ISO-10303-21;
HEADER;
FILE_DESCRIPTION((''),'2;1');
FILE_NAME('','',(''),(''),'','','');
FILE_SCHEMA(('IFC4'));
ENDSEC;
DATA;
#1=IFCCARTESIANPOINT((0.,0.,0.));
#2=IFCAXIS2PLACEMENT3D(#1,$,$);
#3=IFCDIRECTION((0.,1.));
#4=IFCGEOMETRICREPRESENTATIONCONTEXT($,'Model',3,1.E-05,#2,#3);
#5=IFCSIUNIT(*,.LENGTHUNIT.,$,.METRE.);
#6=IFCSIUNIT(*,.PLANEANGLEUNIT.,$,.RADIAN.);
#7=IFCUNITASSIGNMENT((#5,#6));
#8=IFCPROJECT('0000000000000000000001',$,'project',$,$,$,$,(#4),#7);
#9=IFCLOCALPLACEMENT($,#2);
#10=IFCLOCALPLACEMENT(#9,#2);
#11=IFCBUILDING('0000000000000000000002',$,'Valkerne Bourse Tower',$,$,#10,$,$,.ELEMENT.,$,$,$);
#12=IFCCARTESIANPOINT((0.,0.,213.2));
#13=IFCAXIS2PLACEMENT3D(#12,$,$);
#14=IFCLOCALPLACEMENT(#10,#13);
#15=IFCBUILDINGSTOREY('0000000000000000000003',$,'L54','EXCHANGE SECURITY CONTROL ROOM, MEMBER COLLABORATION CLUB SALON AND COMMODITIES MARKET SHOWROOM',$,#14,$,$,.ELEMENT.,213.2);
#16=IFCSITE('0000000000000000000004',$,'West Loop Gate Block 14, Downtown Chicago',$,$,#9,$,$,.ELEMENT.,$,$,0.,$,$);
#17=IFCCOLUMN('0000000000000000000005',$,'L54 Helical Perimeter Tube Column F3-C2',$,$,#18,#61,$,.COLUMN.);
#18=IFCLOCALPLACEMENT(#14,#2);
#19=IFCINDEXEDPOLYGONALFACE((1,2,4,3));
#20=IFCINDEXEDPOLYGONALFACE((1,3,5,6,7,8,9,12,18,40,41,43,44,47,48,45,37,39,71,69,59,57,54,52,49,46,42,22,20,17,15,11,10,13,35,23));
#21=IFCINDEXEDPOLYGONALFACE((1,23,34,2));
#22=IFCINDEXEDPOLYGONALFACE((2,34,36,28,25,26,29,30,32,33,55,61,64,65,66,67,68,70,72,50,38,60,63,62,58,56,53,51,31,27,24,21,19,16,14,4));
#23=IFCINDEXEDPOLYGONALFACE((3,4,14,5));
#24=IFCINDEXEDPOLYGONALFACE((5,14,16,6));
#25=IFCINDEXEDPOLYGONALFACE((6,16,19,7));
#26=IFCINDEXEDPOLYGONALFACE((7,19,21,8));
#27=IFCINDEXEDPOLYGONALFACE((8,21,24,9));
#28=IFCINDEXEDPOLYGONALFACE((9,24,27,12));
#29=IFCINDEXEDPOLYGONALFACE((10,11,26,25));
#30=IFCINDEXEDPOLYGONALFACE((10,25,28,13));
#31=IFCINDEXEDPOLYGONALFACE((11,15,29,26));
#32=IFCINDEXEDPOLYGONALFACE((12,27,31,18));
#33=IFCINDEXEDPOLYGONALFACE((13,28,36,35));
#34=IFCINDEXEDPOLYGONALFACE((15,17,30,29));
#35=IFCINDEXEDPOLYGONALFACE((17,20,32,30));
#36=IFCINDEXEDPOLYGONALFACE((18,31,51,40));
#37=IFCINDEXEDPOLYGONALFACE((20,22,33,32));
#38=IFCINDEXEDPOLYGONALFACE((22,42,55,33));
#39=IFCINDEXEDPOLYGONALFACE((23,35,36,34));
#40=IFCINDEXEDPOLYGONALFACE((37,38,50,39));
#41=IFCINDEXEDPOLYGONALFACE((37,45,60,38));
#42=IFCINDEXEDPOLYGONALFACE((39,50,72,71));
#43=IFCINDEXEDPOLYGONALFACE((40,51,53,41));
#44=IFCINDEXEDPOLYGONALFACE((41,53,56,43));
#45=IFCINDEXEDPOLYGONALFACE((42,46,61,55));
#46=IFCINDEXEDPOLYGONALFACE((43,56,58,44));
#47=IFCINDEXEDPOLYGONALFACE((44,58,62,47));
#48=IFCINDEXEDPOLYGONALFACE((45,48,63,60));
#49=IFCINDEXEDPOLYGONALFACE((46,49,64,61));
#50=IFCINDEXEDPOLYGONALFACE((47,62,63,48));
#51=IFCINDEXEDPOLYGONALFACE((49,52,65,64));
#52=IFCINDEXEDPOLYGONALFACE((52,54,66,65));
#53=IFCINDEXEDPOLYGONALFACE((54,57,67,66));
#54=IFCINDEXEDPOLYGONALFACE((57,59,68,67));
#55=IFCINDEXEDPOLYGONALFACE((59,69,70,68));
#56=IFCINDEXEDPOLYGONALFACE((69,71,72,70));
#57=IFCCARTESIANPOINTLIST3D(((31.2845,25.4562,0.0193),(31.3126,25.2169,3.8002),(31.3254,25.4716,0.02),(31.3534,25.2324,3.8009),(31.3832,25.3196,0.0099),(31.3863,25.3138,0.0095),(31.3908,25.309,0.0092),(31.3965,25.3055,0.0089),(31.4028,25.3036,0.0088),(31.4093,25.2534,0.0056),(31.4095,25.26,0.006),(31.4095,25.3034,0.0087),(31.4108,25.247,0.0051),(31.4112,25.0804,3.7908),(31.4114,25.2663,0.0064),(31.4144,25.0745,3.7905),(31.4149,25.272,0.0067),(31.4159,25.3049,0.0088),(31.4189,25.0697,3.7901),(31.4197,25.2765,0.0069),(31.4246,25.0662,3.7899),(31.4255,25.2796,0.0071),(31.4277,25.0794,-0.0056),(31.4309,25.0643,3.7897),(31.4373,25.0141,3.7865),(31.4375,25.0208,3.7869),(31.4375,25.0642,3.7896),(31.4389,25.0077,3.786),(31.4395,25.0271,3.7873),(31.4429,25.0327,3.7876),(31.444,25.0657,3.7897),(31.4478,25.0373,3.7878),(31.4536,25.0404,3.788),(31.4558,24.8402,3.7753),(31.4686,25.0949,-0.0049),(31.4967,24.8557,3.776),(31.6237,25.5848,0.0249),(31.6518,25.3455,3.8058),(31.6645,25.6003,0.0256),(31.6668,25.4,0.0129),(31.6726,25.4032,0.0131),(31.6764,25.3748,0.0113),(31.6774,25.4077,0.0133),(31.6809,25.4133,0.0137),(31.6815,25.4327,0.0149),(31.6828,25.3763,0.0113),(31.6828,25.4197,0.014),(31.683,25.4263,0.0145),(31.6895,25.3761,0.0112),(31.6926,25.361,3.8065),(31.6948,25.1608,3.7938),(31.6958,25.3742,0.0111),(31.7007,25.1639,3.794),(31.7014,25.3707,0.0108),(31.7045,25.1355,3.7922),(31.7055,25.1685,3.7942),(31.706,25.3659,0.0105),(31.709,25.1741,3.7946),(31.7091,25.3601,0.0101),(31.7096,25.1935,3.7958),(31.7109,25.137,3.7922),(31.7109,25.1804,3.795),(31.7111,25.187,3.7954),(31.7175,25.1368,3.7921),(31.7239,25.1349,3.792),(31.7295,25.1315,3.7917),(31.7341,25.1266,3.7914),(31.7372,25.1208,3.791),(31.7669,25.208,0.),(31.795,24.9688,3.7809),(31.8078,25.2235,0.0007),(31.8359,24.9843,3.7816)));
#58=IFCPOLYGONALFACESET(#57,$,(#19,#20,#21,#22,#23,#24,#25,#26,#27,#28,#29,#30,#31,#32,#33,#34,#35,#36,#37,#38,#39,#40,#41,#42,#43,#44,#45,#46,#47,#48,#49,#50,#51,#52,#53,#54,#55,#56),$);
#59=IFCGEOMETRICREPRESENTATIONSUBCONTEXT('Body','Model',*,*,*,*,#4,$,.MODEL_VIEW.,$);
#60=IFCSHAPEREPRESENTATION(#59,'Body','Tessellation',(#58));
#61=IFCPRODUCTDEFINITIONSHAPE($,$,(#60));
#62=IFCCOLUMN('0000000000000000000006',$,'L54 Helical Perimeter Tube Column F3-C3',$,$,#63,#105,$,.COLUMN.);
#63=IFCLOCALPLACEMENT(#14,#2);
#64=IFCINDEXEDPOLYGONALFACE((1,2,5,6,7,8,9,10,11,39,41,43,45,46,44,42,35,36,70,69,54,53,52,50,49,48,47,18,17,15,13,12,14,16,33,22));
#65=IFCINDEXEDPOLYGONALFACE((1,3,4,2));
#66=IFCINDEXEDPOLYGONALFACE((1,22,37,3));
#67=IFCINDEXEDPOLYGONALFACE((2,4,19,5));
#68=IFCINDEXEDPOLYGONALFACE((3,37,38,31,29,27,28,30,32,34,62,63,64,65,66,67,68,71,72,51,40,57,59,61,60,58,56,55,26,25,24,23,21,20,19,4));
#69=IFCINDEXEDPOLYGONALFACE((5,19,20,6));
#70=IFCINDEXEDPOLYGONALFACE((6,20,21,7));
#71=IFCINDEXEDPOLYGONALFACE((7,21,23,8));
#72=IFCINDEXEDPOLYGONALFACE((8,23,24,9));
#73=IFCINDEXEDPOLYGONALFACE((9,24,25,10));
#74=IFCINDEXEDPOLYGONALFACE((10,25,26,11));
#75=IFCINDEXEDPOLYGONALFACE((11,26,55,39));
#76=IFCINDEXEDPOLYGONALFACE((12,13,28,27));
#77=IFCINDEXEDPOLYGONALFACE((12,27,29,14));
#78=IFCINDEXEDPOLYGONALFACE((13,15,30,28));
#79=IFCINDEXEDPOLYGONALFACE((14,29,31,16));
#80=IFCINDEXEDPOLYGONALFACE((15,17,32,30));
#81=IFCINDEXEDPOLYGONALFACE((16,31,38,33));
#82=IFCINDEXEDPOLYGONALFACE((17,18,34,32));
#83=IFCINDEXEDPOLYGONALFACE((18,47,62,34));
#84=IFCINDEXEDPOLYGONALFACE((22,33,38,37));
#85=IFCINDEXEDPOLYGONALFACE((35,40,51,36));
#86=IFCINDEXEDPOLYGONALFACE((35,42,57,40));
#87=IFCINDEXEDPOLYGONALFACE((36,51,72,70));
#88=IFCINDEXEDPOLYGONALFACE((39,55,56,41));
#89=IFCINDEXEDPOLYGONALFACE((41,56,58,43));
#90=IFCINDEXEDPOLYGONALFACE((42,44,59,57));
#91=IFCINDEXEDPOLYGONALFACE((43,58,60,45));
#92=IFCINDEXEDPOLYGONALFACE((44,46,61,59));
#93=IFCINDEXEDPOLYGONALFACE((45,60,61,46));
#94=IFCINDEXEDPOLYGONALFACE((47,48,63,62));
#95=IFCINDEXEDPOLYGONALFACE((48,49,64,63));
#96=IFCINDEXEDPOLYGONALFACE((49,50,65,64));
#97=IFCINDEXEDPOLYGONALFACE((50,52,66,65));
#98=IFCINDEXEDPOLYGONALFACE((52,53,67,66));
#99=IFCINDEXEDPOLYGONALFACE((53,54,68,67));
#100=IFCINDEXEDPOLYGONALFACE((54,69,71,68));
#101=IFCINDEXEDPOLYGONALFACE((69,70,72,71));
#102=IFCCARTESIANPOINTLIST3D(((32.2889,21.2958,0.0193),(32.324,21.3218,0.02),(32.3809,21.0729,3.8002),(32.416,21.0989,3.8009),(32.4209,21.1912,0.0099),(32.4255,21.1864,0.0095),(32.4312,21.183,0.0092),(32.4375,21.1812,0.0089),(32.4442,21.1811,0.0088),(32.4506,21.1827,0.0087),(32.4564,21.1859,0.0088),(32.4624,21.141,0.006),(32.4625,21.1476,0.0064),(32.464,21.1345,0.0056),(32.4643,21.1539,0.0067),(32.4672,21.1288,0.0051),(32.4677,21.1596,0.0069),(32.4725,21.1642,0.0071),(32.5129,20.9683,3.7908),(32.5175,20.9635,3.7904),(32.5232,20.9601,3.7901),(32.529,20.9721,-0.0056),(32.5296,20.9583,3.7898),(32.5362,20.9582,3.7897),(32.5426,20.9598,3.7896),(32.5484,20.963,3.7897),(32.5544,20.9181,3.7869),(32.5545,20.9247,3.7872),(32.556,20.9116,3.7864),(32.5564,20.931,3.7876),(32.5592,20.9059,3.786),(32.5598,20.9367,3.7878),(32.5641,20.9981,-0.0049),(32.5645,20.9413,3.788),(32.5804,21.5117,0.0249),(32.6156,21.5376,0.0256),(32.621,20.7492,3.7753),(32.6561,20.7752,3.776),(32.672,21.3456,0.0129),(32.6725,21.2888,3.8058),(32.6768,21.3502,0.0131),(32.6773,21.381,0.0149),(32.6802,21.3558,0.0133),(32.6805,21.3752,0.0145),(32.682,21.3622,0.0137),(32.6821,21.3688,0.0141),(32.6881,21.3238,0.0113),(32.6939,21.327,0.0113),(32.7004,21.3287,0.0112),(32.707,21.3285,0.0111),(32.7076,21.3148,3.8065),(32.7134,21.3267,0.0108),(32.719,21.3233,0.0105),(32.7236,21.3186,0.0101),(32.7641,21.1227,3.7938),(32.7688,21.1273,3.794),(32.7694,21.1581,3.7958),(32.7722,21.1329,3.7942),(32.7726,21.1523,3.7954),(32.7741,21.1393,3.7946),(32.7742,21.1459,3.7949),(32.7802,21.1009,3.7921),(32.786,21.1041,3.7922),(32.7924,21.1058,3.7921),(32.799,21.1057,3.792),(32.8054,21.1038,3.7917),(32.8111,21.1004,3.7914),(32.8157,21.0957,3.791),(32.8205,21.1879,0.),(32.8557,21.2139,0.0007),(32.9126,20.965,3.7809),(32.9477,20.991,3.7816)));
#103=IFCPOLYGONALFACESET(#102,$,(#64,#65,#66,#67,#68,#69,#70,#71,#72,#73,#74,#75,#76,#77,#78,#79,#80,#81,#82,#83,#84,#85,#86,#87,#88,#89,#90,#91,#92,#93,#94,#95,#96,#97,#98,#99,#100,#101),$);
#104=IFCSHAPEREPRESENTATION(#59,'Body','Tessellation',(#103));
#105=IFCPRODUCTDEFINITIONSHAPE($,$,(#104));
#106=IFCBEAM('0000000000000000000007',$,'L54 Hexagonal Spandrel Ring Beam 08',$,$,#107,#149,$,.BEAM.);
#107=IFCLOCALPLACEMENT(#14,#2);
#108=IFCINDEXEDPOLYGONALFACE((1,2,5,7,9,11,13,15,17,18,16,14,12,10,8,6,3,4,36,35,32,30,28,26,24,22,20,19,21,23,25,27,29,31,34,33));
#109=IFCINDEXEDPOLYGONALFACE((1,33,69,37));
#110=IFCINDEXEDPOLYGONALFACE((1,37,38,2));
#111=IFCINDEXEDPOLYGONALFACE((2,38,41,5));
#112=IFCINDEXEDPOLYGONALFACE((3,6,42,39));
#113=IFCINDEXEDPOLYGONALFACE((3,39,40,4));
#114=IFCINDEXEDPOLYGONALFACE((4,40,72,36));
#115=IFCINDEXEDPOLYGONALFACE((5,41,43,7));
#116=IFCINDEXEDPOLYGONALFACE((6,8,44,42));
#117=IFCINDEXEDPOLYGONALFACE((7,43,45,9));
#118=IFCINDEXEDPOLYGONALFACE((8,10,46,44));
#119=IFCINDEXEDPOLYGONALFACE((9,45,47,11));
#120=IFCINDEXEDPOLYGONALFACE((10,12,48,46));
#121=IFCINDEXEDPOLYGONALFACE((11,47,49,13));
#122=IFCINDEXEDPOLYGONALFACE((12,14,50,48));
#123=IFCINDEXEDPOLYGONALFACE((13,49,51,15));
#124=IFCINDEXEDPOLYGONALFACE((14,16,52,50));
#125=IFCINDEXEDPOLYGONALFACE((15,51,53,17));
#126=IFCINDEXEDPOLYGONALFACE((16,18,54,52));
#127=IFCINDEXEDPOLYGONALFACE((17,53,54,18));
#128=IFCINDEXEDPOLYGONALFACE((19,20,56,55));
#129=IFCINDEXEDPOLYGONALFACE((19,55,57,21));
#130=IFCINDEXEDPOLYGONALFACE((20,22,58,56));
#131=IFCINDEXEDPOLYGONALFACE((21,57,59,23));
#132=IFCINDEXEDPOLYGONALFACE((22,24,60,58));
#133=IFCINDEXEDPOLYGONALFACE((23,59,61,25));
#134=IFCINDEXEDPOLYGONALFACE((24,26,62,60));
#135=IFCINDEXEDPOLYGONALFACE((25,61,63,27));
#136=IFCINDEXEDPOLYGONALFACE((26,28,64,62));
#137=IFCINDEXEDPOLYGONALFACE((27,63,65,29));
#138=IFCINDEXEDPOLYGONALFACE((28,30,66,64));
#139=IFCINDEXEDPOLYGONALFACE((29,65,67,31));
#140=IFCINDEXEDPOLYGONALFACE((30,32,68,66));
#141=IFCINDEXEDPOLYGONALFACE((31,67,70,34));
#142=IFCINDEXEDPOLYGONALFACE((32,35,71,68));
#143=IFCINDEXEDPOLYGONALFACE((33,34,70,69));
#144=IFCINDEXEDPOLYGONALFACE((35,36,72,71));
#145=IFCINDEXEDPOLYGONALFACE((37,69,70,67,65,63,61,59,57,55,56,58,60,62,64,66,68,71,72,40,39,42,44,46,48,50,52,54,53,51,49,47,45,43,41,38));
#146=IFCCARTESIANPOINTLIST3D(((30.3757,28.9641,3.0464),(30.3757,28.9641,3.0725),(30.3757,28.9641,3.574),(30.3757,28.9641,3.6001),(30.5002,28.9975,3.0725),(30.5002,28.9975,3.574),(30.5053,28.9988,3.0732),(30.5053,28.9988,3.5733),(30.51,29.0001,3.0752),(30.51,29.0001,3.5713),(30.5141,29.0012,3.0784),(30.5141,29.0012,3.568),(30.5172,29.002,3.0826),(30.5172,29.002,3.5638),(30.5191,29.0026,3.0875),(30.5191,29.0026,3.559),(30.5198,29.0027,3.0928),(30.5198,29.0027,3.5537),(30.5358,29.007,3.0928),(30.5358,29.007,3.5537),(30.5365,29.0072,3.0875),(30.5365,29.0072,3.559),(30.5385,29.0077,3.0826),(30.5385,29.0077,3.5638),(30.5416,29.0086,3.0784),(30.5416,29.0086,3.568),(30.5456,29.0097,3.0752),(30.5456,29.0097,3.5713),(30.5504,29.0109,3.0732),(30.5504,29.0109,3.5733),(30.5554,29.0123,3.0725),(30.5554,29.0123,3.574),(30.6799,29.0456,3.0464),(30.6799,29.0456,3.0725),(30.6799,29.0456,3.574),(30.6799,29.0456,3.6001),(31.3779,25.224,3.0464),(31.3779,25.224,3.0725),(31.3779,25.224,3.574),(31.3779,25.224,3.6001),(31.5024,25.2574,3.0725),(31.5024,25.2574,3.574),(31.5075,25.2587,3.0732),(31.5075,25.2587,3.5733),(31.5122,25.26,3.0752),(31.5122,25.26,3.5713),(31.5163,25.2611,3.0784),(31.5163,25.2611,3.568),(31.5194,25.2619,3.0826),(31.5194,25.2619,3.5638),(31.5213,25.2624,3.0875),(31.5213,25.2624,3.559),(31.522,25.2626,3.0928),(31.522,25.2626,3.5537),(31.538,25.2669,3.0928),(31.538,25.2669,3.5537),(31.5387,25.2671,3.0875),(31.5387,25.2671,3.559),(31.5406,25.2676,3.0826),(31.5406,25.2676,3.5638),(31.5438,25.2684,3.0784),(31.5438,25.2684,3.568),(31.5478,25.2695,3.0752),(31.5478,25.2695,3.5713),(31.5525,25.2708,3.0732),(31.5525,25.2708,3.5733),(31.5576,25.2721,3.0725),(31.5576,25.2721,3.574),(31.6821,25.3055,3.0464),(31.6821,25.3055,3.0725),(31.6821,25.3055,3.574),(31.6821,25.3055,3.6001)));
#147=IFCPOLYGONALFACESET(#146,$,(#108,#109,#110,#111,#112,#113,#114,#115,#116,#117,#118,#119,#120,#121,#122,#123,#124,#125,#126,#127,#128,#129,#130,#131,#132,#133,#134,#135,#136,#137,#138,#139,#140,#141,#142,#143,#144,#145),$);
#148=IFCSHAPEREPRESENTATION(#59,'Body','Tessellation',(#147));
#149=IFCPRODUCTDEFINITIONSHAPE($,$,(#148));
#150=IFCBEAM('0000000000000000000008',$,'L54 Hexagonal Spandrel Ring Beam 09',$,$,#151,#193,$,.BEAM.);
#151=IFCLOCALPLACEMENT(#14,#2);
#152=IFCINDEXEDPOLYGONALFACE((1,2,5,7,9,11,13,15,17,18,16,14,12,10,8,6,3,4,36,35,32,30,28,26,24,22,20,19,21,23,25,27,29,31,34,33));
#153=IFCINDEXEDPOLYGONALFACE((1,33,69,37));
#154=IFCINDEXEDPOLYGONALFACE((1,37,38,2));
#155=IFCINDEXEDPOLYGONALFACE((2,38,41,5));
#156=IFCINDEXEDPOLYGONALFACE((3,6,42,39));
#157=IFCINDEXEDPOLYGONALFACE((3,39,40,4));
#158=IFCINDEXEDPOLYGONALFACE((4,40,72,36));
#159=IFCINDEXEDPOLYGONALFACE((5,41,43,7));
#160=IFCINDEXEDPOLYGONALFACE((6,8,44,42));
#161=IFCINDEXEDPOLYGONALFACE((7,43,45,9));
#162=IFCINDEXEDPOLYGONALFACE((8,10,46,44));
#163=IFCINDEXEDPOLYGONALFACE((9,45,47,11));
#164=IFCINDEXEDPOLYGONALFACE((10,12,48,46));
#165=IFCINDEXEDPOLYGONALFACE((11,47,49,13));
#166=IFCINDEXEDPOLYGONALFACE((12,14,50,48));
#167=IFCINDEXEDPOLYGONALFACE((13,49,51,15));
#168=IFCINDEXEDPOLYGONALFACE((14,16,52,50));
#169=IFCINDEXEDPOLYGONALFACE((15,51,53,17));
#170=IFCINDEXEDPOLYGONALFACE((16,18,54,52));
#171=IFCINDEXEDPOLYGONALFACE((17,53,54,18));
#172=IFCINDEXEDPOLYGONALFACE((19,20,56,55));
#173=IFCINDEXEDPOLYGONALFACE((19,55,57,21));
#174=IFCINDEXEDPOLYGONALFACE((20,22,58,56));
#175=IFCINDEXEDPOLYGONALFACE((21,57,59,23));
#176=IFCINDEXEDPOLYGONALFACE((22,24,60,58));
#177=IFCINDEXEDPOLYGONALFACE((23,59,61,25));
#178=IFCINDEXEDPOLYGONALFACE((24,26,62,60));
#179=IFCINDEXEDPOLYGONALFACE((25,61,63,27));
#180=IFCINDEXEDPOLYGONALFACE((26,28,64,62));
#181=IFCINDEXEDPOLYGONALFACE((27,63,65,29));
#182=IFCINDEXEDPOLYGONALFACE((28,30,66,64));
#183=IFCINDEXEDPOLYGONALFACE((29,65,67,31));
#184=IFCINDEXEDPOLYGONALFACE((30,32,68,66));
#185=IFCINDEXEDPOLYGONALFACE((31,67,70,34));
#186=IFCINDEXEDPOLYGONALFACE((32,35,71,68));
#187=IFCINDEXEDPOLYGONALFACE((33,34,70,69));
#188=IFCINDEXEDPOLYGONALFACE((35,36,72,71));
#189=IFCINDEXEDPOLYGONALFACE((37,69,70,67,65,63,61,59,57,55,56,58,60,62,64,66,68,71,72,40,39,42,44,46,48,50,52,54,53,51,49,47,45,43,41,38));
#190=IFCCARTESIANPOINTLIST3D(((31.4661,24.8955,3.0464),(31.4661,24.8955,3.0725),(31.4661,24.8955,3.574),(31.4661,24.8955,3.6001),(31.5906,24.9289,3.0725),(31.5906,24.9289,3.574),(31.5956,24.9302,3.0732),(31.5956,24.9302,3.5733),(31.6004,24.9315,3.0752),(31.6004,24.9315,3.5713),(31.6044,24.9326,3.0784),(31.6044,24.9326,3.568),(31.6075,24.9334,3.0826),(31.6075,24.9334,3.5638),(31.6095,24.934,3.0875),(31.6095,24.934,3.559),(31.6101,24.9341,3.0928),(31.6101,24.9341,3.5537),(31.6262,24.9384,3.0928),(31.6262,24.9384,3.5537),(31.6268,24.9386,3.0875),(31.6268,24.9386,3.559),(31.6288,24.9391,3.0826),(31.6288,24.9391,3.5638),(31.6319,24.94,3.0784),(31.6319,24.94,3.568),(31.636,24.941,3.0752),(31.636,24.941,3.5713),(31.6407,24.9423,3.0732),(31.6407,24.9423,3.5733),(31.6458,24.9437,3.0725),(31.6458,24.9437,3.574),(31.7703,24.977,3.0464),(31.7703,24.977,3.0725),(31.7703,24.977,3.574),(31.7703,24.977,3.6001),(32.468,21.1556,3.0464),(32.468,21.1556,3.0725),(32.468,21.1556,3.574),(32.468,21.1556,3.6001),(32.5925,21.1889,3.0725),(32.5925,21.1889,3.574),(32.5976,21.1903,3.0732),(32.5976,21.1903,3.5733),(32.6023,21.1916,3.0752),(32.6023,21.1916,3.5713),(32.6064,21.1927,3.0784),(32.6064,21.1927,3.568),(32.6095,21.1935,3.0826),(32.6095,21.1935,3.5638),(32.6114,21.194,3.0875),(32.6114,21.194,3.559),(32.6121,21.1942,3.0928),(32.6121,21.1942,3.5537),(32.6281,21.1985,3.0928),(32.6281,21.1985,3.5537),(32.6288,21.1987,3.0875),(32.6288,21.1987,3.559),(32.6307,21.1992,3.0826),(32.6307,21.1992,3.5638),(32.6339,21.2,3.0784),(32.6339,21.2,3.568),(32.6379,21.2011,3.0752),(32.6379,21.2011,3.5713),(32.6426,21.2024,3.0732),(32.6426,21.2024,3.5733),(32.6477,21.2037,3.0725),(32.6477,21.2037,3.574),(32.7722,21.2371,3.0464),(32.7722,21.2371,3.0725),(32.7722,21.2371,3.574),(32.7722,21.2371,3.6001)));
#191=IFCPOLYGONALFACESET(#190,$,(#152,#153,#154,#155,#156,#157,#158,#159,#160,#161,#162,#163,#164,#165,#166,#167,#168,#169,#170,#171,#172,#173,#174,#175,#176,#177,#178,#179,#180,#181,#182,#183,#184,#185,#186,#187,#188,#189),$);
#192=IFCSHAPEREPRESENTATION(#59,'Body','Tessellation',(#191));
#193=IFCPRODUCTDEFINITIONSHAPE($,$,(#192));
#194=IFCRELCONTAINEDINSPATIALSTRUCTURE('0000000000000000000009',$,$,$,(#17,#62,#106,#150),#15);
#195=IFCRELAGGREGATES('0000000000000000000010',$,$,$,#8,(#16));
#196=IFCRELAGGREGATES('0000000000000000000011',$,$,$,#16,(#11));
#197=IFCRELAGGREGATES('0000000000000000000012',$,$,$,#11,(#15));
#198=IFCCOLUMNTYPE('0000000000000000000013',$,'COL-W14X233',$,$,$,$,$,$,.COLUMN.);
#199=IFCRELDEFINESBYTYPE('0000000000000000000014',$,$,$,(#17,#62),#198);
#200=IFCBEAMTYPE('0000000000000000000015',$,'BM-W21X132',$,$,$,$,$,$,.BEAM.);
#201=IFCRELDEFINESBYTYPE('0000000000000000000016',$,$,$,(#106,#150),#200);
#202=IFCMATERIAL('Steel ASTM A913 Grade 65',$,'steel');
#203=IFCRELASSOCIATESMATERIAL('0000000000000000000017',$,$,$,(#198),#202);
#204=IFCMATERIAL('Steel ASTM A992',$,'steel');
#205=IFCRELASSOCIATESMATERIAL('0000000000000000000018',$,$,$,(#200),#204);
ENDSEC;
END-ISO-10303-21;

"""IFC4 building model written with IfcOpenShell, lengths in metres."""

from ifc_helpers import new_model, si_unit, direction, frame, origin, origin_2d, place, context, subcontext, project, spatial, i_section, extrude, material, material_profile, profile_set, type_object, element, save


model = new_model("IFC4")

# Units and contexts
model_context = context("Model", 3, precision=1e-05, world=origin(), true_north=direction((0.0, 1.0)))
body_context = subcontext(model_context, "Body", "Model", "MODEL_VIEW")
ifc_project = project(units=[si_unit("LENGTHUNIT", "METRE"), si_unit("PLANEANGLEUNIT", "RADIAN")], contexts=[model_context])

# Site, building, storey
site_placement = place(None, origin())
site = spatial("IfcSite", under=ifc_project, at=site_placement, Name="West Loop Gate Block 14, Downtown Chicago", CompositionType="ELEMENT", RefElevation=0.0)
building_placement = place(site_placement, origin())
building = spatial("IfcBuilding", under=site, at=building_placement, Name="Valkerne Bourse Tower", CompositionType="ELEMENT")
storey_placement = place(building_placement, frame((0.0, 0.0, 213.2)))
storey = spatial("IfcBuildingStorey", under=building, at=storey_placement, Name="L54", Description="EXCHANGE SECURITY CONTROL ROOM, MEMBER COLLABORATION CLUB SALON AND COMMODITIES MARKET SHOWROOM", CompositionType="ELEMENT", Elevation=213.2)

# Columns
ifc_material_1 = material(Name="Steel ASTM A913 Grade 65", Category="steel")
ifc_material_profile_1 = material_profile(ifc_material_1, i_section(OverallWidth=0.4038, OverallDepth=0.4065, WebThickness=0.0271, FlangeThickness=0.0437, FilletRadius=0.0254, at=origin_2d()), Name="W14X233")
ifc_profile_set_1 = profile_set([ifc_material_profile_1], Name="Steel ASTM A913 Grade 65")
column_type = type_object("IfcColumnType", Name="COL-W14X233", PredefinedType="COLUMN", material=ifc_profile_set_1)
for number, where, z_axis, x_axis, name in (
    (1, (31.5461, 25.3398, 0.01), (0.007411, -0.063151, 0.997976), (0.354762, -0.932921, -0.061668), "L54 Helical Perimeter Tube Column F3-C2"),
    (2, (32.5723, 21.2549, 0.01), (0.024294, -0.058833, 0.997972), (0.59459, -0.801656, -0.061734), "L54 Helical Perimeter Tube Column F3-C3"),
):
    element("IfcColumn", number, at=place(storey_placement, frame(where, z_axis=z_axis, x_axis=x_axis)), inside=storey, type_object=column_type, Name=name, PredefinedType="COLUMN", context=body_context, shape_type="SweptSolid", body=[
        extrude(i_section(OverallWidth=0.4038, OverallDepth=0.4065, WebThickness=0.0271, FlangeThickness=0.0437, FilletRadius=0.0254, at=origin_2d()), origin(), (0.0, 0.0, 1.0), 3.7886),
    ])

# Beams
ifc_material_2 = material(Name="Steel ASTM A992", Category="steel")
ifc_material_profile_2 = material_profile(ifc_material_2, i_section(OverallWidth=0.3149, OverallDepth=0.5537, WebThickness=0.0166, FlangeThickness=0.0261, FilletRadius=0.0203, at=origin_2d()), Name="W21X132")
ifc_profile_set_2 = profile_set([ifc_material_profile_2], Name="Steel ASTM A992")
beam_type_1 = type_object("IfcBeamType", Name="BM-W21X132", PredefinedType="BEAM", material=ifc_profile_set_2)
beam_1_placement = place(storey_placement, frame((30.5278, 29.0049, 3.3232), z_axis=(0.25882, -0.965926, 0.0), x_axis=(0.965926, 0.25882, 0.0)))
element("IfcBeam", 3, at=beam_1_placement, inside=storey, type_object=beam_type_1, Name="L54 Hexagonal Spandrel Ring Beam 08", PredefinedType="BEAM", context=body_context, shape_type="SweptSolid", body=[
    extrude(i_section(OverallWidth=0.3149, OverallDepth=0.5537, WebThickness=0.0166, FlangeThickness=0.0261, FilletRadius=0.0203, at=origin_2d()), origin(), (0.0, 0.0, 1.0), 3.8721),
])
beam_2_placement = place(storey_placement, frame((31.6182, 24.9363, 3.3232), z_axis=(0.258777, -0.965937, 0.0), x_axis=(0.965937, 0.258777, 0.0)))
element("IfcBeam", 4, at=beam_2_placement, inside=storey, type_object=beam_type_1, Name="L54 Hexagonal Spandrel Ring Beam 09", PredefinedType="BEAM", context=body_context, shape_type="SweptSolid", body=[
    extrude(i_section(OverallWidth=0.3149, OverallDepth=0.5537, WebThickness=0.0166, FlangeThickness=0.0261, FilletRadius=0.0203, at=origin_2d()), origin(), (0.0, 0.0, 1.0), 3.8718),
])

save(model, "model.ifc")
